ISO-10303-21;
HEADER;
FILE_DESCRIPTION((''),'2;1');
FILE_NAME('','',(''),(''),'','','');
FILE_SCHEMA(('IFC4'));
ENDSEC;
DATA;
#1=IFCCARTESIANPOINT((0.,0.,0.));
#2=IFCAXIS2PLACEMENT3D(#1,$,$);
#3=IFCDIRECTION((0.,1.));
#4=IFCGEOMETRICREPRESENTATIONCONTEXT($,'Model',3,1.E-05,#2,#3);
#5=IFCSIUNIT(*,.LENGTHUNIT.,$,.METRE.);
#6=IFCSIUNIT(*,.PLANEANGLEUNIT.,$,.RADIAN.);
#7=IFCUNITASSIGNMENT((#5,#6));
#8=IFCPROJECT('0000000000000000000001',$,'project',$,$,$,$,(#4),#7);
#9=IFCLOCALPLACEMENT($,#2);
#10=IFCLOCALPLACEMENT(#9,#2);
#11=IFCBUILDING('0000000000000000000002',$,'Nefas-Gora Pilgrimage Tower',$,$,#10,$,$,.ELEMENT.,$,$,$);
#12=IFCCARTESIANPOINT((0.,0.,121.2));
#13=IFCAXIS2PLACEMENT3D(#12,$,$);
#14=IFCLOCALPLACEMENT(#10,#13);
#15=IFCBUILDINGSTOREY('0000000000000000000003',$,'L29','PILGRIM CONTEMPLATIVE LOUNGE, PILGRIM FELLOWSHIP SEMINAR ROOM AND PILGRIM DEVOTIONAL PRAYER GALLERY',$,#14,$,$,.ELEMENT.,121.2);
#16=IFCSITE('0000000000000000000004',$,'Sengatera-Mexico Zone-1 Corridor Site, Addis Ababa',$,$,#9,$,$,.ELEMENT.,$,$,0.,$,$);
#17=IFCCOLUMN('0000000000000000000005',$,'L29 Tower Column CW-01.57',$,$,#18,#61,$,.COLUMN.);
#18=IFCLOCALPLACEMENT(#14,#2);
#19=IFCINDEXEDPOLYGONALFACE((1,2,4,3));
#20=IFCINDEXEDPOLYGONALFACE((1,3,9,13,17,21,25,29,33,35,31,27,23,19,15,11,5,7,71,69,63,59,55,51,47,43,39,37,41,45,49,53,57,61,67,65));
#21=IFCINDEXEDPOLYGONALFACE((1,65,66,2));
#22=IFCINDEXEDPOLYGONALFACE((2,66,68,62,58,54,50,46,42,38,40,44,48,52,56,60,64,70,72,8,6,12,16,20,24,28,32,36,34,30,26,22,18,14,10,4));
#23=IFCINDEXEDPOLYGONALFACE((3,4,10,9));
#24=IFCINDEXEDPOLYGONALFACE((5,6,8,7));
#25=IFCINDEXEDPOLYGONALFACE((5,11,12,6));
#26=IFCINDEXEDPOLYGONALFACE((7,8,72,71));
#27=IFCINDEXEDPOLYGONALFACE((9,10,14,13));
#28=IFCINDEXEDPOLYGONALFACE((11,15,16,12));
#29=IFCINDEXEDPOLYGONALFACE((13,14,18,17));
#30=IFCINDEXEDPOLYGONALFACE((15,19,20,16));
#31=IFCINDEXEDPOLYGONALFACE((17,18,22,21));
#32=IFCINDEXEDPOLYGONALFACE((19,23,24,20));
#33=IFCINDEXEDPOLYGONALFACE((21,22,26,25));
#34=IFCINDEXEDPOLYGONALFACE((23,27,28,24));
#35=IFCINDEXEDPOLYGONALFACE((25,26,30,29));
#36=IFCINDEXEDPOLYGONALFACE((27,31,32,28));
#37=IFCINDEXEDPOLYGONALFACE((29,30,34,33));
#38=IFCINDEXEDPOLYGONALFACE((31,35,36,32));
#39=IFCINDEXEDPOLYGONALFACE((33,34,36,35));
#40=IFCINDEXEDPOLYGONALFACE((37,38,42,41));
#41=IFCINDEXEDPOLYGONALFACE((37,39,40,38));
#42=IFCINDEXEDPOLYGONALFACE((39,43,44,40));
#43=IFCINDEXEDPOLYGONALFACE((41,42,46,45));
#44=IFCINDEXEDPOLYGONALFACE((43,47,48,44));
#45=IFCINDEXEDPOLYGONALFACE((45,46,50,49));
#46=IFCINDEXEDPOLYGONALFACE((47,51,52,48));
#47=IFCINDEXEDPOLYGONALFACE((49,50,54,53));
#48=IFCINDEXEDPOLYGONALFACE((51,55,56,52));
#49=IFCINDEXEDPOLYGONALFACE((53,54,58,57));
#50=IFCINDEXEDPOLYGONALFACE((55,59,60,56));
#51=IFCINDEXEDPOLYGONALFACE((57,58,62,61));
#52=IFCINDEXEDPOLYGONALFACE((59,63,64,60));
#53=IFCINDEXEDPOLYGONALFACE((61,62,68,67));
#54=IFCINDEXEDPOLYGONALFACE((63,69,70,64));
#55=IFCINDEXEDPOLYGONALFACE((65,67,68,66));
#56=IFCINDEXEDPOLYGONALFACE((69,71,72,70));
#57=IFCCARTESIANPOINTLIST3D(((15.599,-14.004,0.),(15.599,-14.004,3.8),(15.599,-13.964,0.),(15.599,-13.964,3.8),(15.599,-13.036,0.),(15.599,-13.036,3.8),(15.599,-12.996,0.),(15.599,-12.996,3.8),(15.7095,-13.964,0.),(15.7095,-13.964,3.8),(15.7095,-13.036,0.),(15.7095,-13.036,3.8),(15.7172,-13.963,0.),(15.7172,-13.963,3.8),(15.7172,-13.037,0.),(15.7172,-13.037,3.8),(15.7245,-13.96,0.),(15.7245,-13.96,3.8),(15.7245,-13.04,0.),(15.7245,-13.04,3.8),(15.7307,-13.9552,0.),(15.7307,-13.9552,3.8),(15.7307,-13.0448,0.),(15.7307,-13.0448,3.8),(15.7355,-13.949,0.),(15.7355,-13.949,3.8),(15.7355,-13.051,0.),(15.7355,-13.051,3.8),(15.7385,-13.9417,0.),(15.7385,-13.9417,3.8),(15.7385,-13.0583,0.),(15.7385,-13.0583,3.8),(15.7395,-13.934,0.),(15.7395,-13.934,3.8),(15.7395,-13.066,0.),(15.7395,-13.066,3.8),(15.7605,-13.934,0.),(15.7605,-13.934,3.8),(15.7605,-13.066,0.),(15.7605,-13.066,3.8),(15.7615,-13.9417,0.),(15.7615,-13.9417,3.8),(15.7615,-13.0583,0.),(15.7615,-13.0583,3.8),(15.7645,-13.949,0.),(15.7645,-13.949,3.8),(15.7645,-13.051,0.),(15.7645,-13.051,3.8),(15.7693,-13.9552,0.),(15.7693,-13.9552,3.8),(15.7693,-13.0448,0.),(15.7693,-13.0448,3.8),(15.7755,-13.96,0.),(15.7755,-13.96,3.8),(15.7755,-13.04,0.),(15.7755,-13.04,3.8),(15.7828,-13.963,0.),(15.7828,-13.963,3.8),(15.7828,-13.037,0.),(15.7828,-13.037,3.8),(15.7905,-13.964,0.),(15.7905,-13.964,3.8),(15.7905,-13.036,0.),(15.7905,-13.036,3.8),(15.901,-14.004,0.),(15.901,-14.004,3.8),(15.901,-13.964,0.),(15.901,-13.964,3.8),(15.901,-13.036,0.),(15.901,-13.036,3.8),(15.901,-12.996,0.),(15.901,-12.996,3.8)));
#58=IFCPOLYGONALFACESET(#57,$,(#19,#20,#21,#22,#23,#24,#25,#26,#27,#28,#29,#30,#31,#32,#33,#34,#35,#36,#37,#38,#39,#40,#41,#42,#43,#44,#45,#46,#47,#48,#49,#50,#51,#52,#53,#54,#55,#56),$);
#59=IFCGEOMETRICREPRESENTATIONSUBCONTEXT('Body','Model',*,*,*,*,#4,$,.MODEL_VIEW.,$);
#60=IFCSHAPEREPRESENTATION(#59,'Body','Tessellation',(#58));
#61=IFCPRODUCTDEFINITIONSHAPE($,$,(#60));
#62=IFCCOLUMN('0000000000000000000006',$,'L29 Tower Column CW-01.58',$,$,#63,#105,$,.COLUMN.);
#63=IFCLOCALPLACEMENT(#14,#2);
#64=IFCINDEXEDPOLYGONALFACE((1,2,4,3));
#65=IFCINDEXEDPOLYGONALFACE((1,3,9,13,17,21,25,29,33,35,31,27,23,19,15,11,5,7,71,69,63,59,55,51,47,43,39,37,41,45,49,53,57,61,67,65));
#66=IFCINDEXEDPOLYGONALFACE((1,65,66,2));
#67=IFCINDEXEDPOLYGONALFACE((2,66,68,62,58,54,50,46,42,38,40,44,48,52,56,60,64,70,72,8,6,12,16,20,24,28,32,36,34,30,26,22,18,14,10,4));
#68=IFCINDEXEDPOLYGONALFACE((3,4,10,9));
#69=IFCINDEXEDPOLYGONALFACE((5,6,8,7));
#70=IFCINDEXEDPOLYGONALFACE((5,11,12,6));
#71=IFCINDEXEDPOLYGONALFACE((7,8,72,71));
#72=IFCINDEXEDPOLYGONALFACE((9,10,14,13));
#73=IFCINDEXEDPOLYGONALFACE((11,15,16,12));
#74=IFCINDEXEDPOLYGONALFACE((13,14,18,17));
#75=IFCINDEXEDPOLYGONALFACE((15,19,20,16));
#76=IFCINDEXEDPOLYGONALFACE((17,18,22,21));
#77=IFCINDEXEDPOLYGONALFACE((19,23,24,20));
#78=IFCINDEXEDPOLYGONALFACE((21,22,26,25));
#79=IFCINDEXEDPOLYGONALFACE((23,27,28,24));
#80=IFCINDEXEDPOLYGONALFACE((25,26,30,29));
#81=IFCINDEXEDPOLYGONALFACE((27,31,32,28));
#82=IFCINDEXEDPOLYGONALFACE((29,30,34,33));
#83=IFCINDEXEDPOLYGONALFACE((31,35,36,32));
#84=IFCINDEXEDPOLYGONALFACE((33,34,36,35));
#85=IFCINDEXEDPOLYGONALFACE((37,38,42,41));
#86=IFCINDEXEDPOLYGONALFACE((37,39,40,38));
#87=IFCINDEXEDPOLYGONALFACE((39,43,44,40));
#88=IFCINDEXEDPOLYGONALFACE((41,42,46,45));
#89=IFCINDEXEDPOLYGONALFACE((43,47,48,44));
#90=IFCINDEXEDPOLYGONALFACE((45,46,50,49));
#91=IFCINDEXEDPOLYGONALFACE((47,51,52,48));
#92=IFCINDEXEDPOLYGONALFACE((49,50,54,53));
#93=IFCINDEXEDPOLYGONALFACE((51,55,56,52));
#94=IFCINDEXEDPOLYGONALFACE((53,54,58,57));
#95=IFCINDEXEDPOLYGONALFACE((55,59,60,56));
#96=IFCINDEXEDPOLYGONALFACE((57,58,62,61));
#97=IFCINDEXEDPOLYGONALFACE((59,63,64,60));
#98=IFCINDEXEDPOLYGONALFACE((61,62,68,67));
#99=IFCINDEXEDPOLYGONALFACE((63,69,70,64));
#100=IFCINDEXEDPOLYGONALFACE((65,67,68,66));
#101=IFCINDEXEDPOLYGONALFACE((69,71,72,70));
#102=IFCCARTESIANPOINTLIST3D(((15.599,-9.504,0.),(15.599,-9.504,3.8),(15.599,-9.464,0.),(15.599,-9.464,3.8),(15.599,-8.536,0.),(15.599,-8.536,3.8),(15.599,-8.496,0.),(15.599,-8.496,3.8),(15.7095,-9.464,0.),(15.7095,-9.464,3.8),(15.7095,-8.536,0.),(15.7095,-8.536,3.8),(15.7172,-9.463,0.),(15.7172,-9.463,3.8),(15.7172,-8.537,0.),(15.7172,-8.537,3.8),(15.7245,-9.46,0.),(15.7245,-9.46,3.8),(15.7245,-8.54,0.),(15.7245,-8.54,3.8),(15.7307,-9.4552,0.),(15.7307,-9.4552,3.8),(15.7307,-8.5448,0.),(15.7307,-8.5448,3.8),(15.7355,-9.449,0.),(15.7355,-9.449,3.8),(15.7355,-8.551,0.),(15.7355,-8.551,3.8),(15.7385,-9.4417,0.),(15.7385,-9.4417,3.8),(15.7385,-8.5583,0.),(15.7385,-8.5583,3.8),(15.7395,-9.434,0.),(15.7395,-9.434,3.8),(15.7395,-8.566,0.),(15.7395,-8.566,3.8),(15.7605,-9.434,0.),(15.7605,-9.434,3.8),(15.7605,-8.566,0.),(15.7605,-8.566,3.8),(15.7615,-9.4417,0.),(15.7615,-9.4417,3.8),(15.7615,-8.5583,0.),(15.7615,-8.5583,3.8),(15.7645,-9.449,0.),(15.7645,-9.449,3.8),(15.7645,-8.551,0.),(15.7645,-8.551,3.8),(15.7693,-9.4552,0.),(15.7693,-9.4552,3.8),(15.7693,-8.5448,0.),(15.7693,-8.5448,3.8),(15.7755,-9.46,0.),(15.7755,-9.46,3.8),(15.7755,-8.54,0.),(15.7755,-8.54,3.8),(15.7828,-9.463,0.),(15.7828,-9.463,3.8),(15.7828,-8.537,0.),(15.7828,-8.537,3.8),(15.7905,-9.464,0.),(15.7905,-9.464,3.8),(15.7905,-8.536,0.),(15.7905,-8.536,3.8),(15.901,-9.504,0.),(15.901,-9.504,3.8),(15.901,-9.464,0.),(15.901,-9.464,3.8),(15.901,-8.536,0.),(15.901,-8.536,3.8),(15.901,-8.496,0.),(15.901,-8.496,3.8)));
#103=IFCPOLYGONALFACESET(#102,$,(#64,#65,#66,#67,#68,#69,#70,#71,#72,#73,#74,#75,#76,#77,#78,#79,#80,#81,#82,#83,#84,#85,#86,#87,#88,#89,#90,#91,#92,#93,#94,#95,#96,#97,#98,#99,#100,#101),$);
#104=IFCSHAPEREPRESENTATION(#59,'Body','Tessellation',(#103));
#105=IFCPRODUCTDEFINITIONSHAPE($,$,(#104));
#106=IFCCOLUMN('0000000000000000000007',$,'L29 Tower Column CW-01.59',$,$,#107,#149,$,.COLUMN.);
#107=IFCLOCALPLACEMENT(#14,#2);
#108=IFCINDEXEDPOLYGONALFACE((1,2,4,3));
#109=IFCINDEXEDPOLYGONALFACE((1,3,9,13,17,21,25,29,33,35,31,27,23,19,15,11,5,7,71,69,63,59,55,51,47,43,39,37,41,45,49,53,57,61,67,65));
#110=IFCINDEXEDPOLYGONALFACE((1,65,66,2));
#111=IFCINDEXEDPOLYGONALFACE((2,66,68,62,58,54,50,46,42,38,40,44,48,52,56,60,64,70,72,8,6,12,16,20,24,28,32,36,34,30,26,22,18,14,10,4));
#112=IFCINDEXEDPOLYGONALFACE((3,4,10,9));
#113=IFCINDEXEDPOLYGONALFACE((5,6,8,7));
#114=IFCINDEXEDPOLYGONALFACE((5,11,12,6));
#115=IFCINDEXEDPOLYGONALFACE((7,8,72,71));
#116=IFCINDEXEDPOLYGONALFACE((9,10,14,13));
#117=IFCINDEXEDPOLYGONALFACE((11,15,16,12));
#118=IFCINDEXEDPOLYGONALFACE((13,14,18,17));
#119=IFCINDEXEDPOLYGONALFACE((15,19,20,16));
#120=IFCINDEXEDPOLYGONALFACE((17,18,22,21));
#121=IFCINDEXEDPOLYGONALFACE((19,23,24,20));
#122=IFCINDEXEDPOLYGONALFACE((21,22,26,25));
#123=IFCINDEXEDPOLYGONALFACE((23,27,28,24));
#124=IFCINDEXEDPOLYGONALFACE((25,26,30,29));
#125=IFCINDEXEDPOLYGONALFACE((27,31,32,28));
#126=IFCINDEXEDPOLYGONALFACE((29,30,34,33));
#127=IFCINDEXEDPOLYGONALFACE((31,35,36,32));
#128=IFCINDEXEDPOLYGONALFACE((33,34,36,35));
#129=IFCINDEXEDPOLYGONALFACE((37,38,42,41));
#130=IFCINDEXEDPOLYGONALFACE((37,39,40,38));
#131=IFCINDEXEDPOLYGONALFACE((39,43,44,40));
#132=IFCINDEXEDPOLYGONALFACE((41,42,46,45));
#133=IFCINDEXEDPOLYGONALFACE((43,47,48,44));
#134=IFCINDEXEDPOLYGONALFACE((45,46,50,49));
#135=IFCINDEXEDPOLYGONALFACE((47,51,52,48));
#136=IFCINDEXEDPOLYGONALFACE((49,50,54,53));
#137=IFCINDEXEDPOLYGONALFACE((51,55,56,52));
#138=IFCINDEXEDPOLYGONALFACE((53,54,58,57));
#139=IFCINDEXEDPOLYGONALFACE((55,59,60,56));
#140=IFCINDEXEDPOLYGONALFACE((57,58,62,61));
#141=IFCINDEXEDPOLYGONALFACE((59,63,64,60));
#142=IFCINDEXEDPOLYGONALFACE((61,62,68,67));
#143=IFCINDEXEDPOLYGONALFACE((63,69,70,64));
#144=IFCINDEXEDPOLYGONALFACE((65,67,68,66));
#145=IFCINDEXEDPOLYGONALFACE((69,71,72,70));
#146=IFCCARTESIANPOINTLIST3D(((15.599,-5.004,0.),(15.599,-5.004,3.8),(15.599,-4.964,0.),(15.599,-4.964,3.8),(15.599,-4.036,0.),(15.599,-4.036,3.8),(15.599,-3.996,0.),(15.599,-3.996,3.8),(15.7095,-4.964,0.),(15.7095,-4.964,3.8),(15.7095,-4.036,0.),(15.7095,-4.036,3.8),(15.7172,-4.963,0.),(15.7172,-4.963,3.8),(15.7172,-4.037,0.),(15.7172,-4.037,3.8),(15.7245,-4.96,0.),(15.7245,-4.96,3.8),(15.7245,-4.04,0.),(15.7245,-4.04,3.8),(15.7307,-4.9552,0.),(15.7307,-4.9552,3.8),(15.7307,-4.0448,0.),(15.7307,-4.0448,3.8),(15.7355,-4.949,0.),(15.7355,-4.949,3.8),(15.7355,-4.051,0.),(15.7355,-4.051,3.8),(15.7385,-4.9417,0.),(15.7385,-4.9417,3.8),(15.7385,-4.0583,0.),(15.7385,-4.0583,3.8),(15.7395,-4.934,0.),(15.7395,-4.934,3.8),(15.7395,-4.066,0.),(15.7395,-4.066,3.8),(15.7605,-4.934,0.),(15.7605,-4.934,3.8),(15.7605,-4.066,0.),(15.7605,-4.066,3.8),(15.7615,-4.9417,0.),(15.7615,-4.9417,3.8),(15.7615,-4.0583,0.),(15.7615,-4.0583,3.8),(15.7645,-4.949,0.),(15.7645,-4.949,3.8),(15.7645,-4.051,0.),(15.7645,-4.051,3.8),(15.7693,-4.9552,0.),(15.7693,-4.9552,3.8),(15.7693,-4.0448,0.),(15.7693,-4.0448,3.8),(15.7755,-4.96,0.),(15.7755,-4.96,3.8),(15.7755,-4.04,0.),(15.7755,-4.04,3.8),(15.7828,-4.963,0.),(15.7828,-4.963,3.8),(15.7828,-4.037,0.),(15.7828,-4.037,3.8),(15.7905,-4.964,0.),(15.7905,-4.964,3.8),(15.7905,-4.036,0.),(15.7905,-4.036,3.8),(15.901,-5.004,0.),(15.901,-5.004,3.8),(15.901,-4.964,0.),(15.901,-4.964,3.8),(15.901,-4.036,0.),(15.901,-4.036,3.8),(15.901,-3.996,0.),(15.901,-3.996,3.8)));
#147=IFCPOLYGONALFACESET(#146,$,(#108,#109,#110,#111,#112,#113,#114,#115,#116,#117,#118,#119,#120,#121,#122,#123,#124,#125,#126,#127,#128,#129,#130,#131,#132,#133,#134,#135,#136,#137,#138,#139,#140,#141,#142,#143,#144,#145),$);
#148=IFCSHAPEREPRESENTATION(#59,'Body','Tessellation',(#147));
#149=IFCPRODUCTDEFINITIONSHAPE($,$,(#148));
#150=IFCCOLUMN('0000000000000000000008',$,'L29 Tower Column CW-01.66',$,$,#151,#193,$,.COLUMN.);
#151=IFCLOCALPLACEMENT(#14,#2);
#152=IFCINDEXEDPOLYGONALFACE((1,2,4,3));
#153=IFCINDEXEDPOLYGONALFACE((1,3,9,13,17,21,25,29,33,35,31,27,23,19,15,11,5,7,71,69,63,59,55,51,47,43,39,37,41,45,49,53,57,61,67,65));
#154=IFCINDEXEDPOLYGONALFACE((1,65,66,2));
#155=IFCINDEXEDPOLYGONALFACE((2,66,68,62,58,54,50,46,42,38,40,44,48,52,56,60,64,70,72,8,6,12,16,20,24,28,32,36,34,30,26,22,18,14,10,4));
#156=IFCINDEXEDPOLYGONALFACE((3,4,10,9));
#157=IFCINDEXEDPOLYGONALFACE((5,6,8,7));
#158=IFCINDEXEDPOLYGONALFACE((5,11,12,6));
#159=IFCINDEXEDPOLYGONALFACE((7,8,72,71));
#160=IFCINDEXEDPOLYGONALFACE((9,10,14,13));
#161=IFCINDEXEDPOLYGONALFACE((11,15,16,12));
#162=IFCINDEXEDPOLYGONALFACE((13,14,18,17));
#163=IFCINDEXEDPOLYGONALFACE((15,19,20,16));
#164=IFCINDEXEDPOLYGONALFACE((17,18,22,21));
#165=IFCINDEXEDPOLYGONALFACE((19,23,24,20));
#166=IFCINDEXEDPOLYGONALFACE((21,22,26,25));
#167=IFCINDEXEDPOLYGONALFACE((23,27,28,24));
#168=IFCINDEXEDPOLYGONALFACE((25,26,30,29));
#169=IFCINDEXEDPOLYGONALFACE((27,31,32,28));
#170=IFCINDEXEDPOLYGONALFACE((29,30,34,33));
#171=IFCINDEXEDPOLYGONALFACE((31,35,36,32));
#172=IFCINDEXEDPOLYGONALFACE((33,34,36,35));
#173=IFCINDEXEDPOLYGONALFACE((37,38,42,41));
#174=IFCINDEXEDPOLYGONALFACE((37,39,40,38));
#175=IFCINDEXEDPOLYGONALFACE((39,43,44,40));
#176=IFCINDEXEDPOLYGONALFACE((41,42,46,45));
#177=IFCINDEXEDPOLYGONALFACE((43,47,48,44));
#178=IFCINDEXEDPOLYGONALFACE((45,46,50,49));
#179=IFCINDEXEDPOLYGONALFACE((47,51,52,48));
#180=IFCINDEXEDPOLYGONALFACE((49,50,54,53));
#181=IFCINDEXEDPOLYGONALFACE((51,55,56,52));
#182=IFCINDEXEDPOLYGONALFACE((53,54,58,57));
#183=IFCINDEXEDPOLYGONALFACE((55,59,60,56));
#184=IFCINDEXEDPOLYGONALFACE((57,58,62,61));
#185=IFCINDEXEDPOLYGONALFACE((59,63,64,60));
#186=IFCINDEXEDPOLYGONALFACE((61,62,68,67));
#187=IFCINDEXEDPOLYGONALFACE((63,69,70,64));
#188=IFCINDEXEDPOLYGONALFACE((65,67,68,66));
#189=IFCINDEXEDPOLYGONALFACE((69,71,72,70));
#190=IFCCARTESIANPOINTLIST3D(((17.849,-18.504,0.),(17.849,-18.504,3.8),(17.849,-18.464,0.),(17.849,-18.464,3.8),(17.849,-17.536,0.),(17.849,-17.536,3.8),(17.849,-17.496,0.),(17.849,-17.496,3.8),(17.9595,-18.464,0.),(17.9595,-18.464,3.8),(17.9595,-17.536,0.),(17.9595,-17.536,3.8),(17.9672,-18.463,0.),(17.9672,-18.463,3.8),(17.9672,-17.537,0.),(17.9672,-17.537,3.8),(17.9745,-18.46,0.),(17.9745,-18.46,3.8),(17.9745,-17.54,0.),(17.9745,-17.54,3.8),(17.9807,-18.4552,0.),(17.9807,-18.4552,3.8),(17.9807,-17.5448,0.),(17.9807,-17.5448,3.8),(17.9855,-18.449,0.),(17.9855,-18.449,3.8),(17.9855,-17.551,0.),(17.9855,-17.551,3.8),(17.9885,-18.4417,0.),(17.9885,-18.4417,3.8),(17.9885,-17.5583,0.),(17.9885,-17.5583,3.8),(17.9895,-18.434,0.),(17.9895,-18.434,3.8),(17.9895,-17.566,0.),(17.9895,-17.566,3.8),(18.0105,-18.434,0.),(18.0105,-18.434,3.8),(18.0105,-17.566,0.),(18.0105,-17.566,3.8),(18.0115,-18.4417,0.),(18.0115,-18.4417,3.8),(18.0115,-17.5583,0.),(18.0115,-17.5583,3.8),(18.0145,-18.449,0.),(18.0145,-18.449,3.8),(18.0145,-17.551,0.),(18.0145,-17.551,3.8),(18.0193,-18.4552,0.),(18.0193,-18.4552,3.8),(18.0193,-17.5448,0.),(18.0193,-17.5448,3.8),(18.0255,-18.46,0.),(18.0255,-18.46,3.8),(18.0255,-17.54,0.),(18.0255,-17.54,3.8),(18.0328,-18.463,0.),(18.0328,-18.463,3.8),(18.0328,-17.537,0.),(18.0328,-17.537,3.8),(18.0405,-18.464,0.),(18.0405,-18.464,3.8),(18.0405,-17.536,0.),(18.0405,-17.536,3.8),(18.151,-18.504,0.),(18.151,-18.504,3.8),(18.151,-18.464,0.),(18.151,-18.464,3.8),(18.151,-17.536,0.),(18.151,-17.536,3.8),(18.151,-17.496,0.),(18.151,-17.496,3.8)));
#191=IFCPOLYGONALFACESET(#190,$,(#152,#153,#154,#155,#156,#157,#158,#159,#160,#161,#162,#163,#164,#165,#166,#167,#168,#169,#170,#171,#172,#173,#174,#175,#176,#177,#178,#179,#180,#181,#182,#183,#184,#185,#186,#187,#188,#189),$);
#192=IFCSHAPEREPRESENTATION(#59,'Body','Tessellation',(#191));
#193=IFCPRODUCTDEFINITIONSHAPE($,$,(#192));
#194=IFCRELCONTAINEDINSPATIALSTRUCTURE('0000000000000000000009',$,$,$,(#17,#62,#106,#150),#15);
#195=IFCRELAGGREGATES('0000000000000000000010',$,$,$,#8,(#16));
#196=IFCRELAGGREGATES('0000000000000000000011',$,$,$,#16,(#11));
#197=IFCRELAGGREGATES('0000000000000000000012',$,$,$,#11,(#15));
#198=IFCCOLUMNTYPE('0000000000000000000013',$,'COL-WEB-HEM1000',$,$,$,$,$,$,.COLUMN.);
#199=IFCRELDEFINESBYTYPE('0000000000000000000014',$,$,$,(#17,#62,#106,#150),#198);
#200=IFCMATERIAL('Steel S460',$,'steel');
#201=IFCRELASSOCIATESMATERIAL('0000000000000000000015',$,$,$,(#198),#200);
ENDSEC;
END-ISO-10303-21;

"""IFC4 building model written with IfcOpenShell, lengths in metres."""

from ifc_helpers import new_model, si_unit, direction, frame, origin, origin_2d, place, context, subcontext, project, spatial, i_section, extrude, source, transform, mapped, material, material_profile, profile_set, type_object, element, save


model = new_model("IFC4")

# Units and contexts
model_context = context("Model", 3, precision=1e-05, world=origin(), true_north=direction((0.0, 1.0)))
body_context = subcontext(model_context, "Body", "Model", "MODEL_VIEW")
ifc_project = project(units=[si_unit("LENGTHUNIT", "METRE"), si_unit("PLANEANGLEUNIT", "RADIAN")], contexts=[model_context])

# Site, building, storey
site_placement = place(None, origin())
site = spatial("IfcSite", under=ifc_project, at=site_placement, Name="Sengatera-Mexico Zone-1 Corridor Site, Addis Ababa", CompositionType="ELEMENT", RefElevation=0.0)
building_placement = place(site_placement, origin())
building = spatial("IfcBuilding", under=site, at=building_placement, Name="Nefas-Gora Pilgrimage Tower", CompositionType="ELEMENT")
storey_placement = place(building_placement, frame((0.0, 0.0, 121.2)))
storey = spatial("IfcBuildingStorey", under=building, at=storey_placement, Name="L29", Description="PILGRIM CONTEMPLATIVE LOUNGE, PILGRIM FELLOWSHIP SEMINAR ROOM AND PILGRIM DEVOTIONAL PRAYER GALLERY", CompositionType="ELEMENT", Elevation=121.2)

# Columns
ifc_material_1 = material(Name="Steel S460", Category="steel")
ifc_material_profile_1 = material_profile(ifc_material_1, i_section(OverallWidth=0.302, OverallDepth=1.0081, WebThickness=0.021, FlangeThickness=0.04, FilletRadius=0.03, at=origin_2d()), Name="HEM 1000")
ifc_profile_set_1 = profile_set([ifc_material_profile_1], Name="Steel S460")
column_type_1 = type_object("IfcColumnType", Name="COL-WEB-HEM1000", PredefinedType="COLUMN", material=ifc_profile_set_1)
shared_shape_1 = source(origin(), body_context, "Body", "SweptSolid", [
    extrude(i_section(OverallWidth=0.302, OverallDepth=1.0081, WebThickness=0.021, FlangeThickness=0.04, FilletRadius=0.03, at=origin_2d()), origin(), (0.0, 0.0, 1.0), 3.8),
])
for number, where, z_axis, x_axis, name in (
    (1, (15.75, -13.5, 0.0), (0.0, 0.0, 1.0), (1.0, 0.0, 0.0), "L29 Tower Column CW-01.57"),
    (2, (15.75, -9.0, 0.0), (0.0, 0.0, 1.0), (1.0, 0.0, 0.0), "L29 Tower Column CW-01.58"),
    (3, (15.75, -4.5, 0.0), (0.0, 0.0, 1.0), (1.0, 0.0, 0.0), "L29 Tower Column CW-01.59"),
    (4, (18.0, -18.0, 0.0), (0.0, 0.0, 1.0), (1.0, 0.0, 0.0), "L29 Tower Column CW-01.66"),
):
    element("IfcColumn", number, at=place(storey_placement, frame(where, z_axis=z_axis, x_axis=x_axis)), inside=storey, type_object=column_type_1, Name=name, PredefinedType="COLUMN", context=body_context, shape_type="MappedRepresentation", body=[
        mapped(shared_shape_1, transform((0.0, 0.0, 0.0), x_axis=(1.0, 0.0, 0.0), y_axis=(0.0, 1.0, 0.0), z_axis=(0.0, 0.0, 1.0), scale=1.0)),
    ])

save(model, "model.ifc")
